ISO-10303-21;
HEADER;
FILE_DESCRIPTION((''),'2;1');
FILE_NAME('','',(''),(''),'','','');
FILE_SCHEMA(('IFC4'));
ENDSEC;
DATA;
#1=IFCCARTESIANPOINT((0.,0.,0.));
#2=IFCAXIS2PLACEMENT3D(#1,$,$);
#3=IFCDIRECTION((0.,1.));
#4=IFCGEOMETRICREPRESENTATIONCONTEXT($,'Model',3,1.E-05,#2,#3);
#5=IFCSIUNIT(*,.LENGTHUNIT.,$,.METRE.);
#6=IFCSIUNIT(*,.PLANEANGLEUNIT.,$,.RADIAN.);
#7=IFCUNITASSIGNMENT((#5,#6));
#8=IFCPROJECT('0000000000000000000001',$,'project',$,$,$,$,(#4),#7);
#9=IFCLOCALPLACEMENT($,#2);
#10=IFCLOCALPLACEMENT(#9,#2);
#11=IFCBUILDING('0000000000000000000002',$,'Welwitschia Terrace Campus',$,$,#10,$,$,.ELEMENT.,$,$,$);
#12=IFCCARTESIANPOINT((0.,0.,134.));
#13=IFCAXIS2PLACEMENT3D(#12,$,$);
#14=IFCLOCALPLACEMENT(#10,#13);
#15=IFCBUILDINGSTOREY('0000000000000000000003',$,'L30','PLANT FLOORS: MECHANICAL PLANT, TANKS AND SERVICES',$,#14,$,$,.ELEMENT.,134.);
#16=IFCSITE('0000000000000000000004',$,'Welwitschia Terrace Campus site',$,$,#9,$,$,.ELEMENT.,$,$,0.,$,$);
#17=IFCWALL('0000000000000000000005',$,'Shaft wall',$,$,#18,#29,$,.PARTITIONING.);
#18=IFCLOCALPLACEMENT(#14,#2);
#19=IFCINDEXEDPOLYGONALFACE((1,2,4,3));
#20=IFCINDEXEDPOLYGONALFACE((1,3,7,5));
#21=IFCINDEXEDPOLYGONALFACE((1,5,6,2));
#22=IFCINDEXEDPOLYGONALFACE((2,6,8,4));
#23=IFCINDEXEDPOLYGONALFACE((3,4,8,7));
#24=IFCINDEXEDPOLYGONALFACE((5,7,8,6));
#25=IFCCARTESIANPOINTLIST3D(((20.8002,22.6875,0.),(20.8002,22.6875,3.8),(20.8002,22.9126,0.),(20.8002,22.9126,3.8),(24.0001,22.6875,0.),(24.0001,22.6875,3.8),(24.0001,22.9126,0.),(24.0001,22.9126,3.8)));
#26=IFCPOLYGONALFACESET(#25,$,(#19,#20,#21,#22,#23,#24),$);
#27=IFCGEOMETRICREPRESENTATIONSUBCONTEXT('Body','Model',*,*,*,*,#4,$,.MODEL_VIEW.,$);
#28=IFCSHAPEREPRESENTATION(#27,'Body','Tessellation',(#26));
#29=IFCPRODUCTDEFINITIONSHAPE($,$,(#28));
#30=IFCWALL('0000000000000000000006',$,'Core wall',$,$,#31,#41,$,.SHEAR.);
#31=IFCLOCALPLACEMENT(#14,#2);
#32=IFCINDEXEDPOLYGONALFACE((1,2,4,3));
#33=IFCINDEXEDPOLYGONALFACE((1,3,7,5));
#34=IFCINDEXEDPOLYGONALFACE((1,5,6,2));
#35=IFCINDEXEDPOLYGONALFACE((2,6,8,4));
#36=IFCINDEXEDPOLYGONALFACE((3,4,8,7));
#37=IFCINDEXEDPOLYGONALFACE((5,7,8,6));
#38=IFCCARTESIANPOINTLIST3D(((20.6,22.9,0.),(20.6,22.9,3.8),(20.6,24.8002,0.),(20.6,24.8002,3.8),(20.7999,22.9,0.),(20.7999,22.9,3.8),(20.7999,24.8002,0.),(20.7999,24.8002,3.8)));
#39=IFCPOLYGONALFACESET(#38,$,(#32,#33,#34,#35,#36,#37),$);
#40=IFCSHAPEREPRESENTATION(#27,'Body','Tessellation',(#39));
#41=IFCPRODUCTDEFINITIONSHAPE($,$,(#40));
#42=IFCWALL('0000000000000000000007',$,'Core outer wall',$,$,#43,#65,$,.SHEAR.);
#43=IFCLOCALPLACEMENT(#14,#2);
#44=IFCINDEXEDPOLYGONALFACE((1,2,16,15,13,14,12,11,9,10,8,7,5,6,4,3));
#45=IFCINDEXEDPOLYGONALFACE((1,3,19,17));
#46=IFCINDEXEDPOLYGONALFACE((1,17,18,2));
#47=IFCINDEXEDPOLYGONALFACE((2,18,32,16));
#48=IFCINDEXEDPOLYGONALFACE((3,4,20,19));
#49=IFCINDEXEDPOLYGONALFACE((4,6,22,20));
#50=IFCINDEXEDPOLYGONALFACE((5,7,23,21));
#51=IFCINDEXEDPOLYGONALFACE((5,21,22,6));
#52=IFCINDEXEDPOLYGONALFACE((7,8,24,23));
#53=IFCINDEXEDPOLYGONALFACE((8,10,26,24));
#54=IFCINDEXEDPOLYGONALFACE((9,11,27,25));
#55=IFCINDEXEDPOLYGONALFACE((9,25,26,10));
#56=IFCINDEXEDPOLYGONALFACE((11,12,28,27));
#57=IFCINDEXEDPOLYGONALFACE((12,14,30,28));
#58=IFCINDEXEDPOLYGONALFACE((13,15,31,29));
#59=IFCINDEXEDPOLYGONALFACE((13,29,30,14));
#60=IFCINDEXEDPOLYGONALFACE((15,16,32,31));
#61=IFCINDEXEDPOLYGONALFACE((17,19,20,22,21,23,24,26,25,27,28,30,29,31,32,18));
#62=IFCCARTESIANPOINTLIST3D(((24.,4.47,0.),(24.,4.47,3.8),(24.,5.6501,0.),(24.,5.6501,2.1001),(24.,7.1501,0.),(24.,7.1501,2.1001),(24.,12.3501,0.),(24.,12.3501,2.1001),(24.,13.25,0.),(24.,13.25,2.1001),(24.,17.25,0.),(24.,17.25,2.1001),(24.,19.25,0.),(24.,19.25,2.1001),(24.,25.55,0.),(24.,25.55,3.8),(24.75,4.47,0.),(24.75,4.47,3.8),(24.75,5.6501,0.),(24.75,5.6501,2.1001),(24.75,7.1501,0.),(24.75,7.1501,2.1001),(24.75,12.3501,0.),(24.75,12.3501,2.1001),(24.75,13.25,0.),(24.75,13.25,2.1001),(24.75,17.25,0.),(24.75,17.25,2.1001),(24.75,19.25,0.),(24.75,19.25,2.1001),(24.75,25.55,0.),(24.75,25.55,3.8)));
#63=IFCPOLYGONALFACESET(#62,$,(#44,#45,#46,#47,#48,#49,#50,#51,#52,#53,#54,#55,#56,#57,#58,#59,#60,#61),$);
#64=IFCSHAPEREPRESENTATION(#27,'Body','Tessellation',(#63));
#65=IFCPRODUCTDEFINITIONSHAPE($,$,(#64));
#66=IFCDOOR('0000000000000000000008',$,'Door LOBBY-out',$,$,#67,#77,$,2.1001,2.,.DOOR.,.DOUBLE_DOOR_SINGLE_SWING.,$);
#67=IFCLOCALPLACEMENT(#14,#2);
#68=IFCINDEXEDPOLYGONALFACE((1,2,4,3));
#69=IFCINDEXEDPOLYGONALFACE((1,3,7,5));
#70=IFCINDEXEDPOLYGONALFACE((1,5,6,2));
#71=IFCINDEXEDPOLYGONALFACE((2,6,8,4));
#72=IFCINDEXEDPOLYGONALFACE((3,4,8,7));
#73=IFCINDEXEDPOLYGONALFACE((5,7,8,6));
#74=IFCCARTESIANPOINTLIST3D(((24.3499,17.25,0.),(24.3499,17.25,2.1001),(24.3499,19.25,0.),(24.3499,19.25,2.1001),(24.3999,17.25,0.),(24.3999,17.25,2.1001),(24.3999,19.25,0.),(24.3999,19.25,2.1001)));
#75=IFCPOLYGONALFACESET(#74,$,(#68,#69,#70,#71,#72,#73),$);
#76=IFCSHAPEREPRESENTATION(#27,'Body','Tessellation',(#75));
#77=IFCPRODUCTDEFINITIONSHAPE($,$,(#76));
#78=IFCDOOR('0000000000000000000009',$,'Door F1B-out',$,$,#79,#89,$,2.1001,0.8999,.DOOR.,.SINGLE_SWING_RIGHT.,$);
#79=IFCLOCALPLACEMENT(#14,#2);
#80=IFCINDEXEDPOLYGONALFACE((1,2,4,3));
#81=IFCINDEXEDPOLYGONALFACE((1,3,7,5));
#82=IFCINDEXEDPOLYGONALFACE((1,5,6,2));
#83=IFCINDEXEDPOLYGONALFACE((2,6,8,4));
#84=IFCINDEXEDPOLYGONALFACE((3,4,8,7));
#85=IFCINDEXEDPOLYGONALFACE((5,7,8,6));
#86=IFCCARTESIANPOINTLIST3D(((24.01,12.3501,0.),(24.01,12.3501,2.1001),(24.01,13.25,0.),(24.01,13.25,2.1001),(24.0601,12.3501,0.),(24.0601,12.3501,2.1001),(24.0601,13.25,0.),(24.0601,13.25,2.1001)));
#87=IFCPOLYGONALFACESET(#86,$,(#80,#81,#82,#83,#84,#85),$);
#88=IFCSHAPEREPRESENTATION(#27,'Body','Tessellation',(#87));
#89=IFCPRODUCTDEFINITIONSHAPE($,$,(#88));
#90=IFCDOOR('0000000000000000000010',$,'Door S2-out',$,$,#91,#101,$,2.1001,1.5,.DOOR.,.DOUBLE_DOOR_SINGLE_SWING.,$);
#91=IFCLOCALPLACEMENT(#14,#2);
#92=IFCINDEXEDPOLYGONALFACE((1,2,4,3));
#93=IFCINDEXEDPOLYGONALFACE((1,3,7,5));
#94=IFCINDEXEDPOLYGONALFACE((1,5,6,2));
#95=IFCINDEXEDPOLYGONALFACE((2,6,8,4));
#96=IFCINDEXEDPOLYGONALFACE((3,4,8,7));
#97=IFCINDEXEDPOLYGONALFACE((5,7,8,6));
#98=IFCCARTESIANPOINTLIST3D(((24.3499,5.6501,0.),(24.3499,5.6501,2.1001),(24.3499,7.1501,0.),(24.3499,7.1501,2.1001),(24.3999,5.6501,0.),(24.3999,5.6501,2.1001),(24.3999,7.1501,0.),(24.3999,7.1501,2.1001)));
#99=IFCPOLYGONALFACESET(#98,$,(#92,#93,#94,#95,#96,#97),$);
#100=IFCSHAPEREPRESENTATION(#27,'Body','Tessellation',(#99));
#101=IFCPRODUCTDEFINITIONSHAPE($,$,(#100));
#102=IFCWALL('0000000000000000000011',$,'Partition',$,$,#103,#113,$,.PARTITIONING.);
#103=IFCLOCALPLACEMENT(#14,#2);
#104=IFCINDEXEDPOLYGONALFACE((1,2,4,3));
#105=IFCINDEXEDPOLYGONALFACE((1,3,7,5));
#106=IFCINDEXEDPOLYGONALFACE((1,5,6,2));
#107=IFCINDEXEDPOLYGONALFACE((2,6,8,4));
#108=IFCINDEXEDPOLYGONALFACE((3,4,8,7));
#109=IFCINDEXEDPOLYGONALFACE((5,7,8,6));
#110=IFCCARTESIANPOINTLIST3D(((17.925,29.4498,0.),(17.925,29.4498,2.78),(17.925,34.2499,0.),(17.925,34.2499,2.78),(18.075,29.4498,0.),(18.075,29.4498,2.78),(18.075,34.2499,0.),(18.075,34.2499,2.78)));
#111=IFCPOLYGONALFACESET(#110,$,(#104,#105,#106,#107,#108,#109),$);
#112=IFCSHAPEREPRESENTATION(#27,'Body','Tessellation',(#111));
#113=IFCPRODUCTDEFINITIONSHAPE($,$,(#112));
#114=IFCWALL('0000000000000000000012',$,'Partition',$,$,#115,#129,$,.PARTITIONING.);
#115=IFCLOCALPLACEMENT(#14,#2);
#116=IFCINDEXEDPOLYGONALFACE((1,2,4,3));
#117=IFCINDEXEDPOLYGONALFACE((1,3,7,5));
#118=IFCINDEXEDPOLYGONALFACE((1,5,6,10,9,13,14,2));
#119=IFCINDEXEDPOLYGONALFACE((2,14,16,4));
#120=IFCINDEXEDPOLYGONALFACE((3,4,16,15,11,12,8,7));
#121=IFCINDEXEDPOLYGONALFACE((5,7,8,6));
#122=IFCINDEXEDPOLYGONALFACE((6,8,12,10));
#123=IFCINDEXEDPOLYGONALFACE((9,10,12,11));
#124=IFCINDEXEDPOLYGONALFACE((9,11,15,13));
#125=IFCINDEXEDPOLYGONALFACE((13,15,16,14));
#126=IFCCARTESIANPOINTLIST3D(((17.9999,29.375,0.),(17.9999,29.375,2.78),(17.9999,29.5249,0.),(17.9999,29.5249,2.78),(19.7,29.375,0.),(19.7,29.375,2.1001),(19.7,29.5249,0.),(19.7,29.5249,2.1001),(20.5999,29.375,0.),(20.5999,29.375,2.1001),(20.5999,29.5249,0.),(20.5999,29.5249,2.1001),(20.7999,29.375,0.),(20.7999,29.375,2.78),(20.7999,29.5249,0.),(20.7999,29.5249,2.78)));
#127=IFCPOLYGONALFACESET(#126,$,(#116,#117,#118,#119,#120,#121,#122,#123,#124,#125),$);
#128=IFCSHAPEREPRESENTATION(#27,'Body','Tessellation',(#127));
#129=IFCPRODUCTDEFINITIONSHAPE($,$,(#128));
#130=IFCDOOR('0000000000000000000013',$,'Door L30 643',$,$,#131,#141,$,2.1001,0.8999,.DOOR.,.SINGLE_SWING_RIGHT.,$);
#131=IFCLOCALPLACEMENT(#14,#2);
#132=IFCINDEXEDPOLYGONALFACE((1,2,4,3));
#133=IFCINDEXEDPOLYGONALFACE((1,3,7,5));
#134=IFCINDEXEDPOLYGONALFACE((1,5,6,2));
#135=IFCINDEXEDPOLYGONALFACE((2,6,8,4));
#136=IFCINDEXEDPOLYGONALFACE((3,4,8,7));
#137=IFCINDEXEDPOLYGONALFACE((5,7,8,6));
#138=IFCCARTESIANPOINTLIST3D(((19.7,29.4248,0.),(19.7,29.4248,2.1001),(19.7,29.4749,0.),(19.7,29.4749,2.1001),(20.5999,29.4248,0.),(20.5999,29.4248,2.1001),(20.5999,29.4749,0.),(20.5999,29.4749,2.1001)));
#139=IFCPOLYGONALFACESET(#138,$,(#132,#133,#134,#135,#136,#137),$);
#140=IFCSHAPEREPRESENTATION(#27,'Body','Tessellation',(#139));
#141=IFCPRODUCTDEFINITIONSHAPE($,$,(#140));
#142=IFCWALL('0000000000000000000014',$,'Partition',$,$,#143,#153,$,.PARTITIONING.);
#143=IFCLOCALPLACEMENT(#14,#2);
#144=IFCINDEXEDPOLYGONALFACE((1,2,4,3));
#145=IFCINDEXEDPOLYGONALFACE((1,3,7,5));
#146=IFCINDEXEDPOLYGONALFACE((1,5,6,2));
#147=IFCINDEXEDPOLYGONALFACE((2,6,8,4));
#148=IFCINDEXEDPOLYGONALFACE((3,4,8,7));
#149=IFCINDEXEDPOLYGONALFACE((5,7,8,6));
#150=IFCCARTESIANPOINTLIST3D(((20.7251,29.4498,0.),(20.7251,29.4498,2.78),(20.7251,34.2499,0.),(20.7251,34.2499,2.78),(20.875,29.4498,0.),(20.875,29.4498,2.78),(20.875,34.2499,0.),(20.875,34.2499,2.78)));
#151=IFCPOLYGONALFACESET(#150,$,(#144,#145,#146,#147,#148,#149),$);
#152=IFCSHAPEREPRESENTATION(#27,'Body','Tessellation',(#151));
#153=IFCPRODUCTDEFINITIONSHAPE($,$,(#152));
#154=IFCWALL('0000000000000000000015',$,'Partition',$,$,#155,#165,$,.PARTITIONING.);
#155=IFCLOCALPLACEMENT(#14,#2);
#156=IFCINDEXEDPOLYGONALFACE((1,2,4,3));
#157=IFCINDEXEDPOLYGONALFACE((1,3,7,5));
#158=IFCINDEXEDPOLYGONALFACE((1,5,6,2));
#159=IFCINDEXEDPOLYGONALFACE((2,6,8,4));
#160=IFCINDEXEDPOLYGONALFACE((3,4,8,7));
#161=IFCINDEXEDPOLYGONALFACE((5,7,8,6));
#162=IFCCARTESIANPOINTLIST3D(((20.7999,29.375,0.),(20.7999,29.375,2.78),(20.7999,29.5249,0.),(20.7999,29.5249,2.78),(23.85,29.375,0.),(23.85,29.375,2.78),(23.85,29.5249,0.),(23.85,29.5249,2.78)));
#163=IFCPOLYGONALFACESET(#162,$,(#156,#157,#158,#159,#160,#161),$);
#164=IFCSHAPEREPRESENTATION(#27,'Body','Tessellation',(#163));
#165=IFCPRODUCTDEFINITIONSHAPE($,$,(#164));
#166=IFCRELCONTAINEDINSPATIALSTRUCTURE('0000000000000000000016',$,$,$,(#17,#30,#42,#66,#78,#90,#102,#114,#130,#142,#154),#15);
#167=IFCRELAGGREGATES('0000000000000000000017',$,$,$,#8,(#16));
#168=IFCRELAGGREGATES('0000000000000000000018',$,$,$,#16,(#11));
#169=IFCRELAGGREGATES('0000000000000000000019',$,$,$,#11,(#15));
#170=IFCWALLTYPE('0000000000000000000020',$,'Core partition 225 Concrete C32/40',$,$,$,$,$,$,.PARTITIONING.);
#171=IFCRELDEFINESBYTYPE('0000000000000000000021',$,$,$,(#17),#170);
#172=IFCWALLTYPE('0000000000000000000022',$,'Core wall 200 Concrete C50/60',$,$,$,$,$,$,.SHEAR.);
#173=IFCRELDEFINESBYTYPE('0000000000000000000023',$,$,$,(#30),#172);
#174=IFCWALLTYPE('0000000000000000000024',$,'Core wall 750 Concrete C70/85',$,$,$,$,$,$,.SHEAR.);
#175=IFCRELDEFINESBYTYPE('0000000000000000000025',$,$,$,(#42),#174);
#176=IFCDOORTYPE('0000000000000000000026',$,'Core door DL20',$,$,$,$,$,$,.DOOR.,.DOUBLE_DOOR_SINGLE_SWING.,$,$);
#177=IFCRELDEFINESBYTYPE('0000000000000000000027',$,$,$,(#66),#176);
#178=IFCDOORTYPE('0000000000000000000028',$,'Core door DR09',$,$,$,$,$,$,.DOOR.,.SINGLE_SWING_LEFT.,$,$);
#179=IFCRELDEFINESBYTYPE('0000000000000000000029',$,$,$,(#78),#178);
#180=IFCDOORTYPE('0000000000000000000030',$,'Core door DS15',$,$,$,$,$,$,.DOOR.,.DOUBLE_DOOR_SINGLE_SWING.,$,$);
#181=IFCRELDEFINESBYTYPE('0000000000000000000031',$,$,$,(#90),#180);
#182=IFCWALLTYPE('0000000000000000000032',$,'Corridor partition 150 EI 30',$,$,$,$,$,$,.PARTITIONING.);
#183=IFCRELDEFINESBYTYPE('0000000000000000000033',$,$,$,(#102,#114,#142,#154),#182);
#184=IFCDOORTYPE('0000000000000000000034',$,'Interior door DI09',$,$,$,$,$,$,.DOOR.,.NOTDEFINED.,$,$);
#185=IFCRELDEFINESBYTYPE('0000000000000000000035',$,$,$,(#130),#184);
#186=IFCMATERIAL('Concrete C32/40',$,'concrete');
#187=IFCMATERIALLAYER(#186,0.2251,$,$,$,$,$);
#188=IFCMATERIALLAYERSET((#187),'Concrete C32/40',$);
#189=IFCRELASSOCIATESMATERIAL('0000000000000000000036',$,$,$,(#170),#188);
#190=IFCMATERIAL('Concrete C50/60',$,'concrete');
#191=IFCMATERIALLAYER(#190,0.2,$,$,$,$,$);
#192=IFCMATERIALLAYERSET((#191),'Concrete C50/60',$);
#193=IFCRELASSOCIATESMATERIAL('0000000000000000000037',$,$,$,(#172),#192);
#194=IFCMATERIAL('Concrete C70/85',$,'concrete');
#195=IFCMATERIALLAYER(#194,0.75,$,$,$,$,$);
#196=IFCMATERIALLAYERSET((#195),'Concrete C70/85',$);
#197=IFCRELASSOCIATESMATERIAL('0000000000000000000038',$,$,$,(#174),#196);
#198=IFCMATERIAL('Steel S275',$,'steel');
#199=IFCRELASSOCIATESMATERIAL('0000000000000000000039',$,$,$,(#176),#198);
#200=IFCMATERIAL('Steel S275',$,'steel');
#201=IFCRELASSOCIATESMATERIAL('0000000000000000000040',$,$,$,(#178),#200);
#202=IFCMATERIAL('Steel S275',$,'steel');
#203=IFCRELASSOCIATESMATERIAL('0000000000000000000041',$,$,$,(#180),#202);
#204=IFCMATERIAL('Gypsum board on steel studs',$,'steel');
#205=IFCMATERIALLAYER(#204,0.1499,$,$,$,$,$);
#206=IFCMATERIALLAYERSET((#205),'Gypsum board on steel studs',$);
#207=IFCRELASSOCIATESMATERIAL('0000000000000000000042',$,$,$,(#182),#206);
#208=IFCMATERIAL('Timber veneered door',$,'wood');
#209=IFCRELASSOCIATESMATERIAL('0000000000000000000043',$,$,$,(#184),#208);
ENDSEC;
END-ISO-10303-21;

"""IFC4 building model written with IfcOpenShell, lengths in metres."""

from ifc_helpers import new_model, si_unit, direction, frame, frame_2d, origin, place, context, subcontext, project, spatial, rectangle, extrude, material, layer, layer_set, type_object, element, fill, save


model = new_model("IFC4")

# Units and contexts
model_context = context("Model", 3, precision=1e-05, world=origin(), true_north=direction((0.0, 1.0)))
body_context = subcontext(model_context, "Body", "Model", "MODEL_VIEW")
ifc_project = project(units=[si_unit("LENGTHUNIT", "METRE"), si_unit("PLANEANGLEUNIT", "RADIAN")], contexts=[model_context])

# Site, building, storey
site_placement = place(None, origin())
site = spatial("IfcSite", under=ifc_project, at=site_placement, Name="Welwitschia Terrace Campus site", CompositionType="ELEMENT", RefElevation=0.0)
building_placement = place(site_placement, origin())
building = spatial("IfcBuilding", under=site, at=building_placement, Name="Welwitschia Terrace Campus", CompositionType="ELEMENT")
storey_placement = place(building_placement, frame((0.0, 0.0, 134.0)))
storey = spatial("IfcBuildingStorey", under=building, at=storey_placement, Name="L30", Description="PLANT FLOORS: MECHANICAL PLANT, TANKS AND SERVICES", CompositionType="ELEMENT", Elevation=134.0)

# Walls
ifc_material_1 = material(Name="Concrete C32/40", Category="concrete")
ifc_layer_1 = layer(ifc_material_1, 0.2251)
ifc_layer_set_1 = layer_set([ifc_layer_1], Name="Concrete C32/40")
wall_type_1 = type_object("IfcWallType", Name="Core partition 225 Concrete C32/40", PredefinedType="PARTITIONING", material=ifc_layer_set_1)
wall_1_placement = place(storey_placement, frame((20.8, 22.8, 0.0), z_axis=(0.0, 0.0, 1.0), x_axis=(1.0, 0.0, 0.0)))
element("IfcWall", 1, at=wall_1_placement, inside=storey, type_object=wall_type_1, Name="Shaft wall", PredefinedType="PARTITIONING", context=body_context, shape_type="SweptSolid", body=[
    extrude(rectangle(XDim=3.2, YDim=0.2251, at=frame_2d((1.6001, 0.0))), origin(), (0.0, 0.0, 1.0), 3.8),
])
ifc_material_2 = material(Name="Concrete C50/60", Category="concrete")
ifc_layer_2 = layer(ifc_material_2, 0.2)
ifc_layer_set_2 = layer_set([ifc_layer_2], Name="Concrete C50/60")
wall_type_2 = type_object("IfcWallType", Name="Core wall 200 Concrete C50/60", PredefinedType="SHEAR", material=ifc_layer_set_2)
wall_2_placement = place(storey_placement, frame((20.7, 22.8999, 0.0), z_axis=(0.0, 0.0, 1.0), x_axis=(0.0, 1.0, 0.0)))
element("IfcWall", 2, at=wall_2_placement, inside=storey, type_object=wall_type_2, Name="Core wall", PredefinedType="SHEAR", context=body_context, shape_type="SweptSolid", body=[
    extrude(rectangle(XDim=1.9001, YDim=0.2, at=frame_2d((0.9502, 0.0))), origin(), (0.0, 0.0, 1.0), 3.8),
])

# Wall, openings, doors
ifc_material_3 = material(Name="Concrete C70/85", Category="concrete")
ifc_layer_3 = layer(ifc_material_3, 0.75)
ifc_layer_set_3 = layer_set([ifc_layer_3], Name="Concrete C70/85")
wall_type_3 = type_object("IfcWallType", Name="Core wall 750 Concrete C70/85", PredefinedType="SHEAR", material=ifc_layer_set_3)
wall_3_placement = place(storey_placement, frame((24.375, 25.55, 0.0), z_axis=(0.0, 0.0, 1.0), x_axis=(0.0, -1.0, 0.0)))
wall_3 = element("IfcWall", 3, at=wall_3_placement, inside=storey, type_object=wall_type_3, Name="Core outer wall", PredefinedType="SHEAR", context=body_context, shape_type="SweptSolid", body=[
    extrude(rectangle(XDim=21.0801, YDim=0.75, at=frame_2d((10.54, 0.0))), origin(), (0.0, 0.0, 1.0), 3.8),
])
opening_1_placement = place(wall_3_placement, frame((18.3999, 0.0, 0.0)))
opening_1 = element("IfcOpeningElement", 4, at=opening_1_placement, cuts=wall_3, PredefinedType="OPENING", context=body_context, shape_type="SweptSolid", body=[
    extrude(rectangle(XDim=1.5, YDim=2.1001, at=frame_2d((0.75, 1.05))), frame((0.0, 0.385, 0.0), z_axis=(0.0, -1.0, 0.0), x_axis=(1.0, 0.0, 0.0)), (0.0, 0.0, 1.0), 0.77),
])
opening_2_placement = place(wall_3_placement, frame((12.3, 0.0, 0.0)))
opening_2 = element("IfcOpeningElement", 5, at=opening_2_placement, cuts=wall_3, PredefinedType="OPENING", context=body_context, shape_type="SweptSolid", body=[
    extrude(rectangle(XDim=0.8999, YDim=2.1001, at=frame_2d((0.45, 1.05))), frame((0.0, 0.385, 0.0), z_axis=(0.0, -1.0, 0.0), x_axis=(1.0, 0.0, 0.0)), (0.0, 0.0, 1.0), 0.77),
])
opening_3_placement = place(wall_3_placement, frame((6.3, 0.0, 0.0)))
opening_3 = element("IfcOpeningElement", 6, at=opening_3_placement, cuts=wall_3, PredefinedType="OPENING", context=body_context, shape_type="SweptSolid", body=[
    extrude(rectangle(XDim=2.0, YDim=2.1001, at=frame_2d((1.0, 1.05))), frame((0.0, 0.385, 0.0), z_axis=(0.0, -1.0, 0.0), x_axis=(1.0, 0.0, 0.0)), (0.0, 0.0, 1.0), 0.77),
])
ifc_material_4 = material(Name="Steel S275", Category="steel")
door_type_1 = type_object("IfcDoorType", Name="Core door DL20", OperationType="DOUBLE_DOOR_SINGLE_SWING", PredefinedType="DOOR", material=ifc_material_4)
door_1_placement = place(opening_3_placement, origin())
door_1 = element("IfcDoor", 7, at=door_1_placement, inside=storey, type_object=door_type_1, Name="Door LOBBY-out", OperationType="DOUBLE_DOOR_SINGLE_SWING", OverallHeight=2.1001, OverallWidth=2.0, PredefinedType="DOOR", context=body_context, shape_type="SweptSolid", body=[
    extrude(rectangle(XDim=2.0, YDim=2.1001, at=frame_2d((1.0, 1.05))), frame((0.0, 0.0249, 0.0), z_axis=(0.0, -1.0, 0.0), x_axis=(1.0, 0.0, 0.0)), (0.0, 0.0, 1.0), 0.05),
])
fill(opening_3, door_1)
ifc_material_5 = material(Name="Steel S275", Category="steel")
door_type_2 = type_object("IfcDoorType", Name="Core door DR09", OperationType="SINGLE_SWING_LEFT", PredefinedType="DOOR", material=ifc_material_5)
door_2_placement = place(opening_2_placement, origin())
door_2 = element("IfcDoor", 8, at=door_2_placement, inside=storey, type_object=door_type_2, Name="Door F1B-out", OperationType="SINGLE_SWING_RIGHT", OverallHeight=2.1001, OverallWidth=0.8999, PredefinedType="DOOR", context=body_context, shape_type="SweptSolid", body=[
    extrude(rectangle(XDim=0.8999, YDim=2.1001, at=frame_2d((0.45, 1.05))), frame((0.0, -0.3149, 0.0), z_axis=(0.0, -1.0, 0.0), x_axis=(1.0, 0.0, 0.0)), (0.0, 0.0, 1.0), 0.05),
])
fill(opening_2, door_2)
ifc_material_6 = material(Name="Steel S275", Category="steel")
door_type_3 = type_object("IfcDoorType", Name="Core door DS15", OperationType="DOUBLE_DOOR_SINGLE_SWING", PredefinedType="DOOR", material=ifc_material_6)
door_3_placement = place(opening_1_placement, origin())
door_3 = element("IfcDoor", 9, at=door_3_placement, inside=storey, type_object=door_type_3, Name="Door S2-out", OperationType="DOUBLE_DOOR_SINGLE_SWING", OverallHeight=2.1001, OverallWidth=1.5, PredefinedType="DOOR", context=body_context, shape_type="SweptSolid", body=[
    extrude(rectangle(XDim=1.5, YDim=2.1001, at=frame_2d((0.75, 1.05))), frame((0.0, 0.0249, 0.0), z_axis=(0.0, -1.0, 0.0), x_axis=(1.0, 0.0, 0.0)), (0.0, 0.0, 1.0), 0.05),
])
fill(opening_1, door_3)

# Wall
ifc_material_7 = material(Name="Gypsum board on steel studs", Category="steel")
ifc_layer_4 = layer(ifc_material_7, 0.1499)
ifc_layer_set_4 = layer_set([ifc_layer_4], Name="Gypsum board on steel studs")
wall_type_4 = type_object("IfcWallType", Name="Corridor partition 150 EI 30", PredefinedType="PARTITIONING", material=ifc_layer_set_4)
wall_4_placement = place(storey_placement, frame((18.0, 29.45, 0.0), z_axis=(0.0, 0.0, 1.0), x_axis=(0.0, 1.0, 0.0)))
element("IfcWall", 10, at=wall_4_placement, inside=storey, type_object=wall_type_4, Name="Partition", PredefinedType="PARTITIONING", context=body_context, shape_type="SweptSolid", body=[
    extrude(rectangle(XDim=4.8, YDim=0.1499, at=frame_2d((2.3999, 0.0))), origin(), (0.0, 0.0, 1.0), 2.78),
])

# Wall, opening, door
wall_5_placement = place(storey_placement, frame((18.0, 29.45, 0.0), z_axis=(0.0, 0.0, 1.0), x_axis=(1.0, 0.0, 0.0)))
wall_5 = element("IfcWall", 11, at=wall_5_placement, inside=storey, type_object=wall_type_4, Name="Partition", PredefinedType="PARTITIONING", context=body_context, shape_type="SweptSolid", body=[
    extrude(rectangle(XDim=2.8, YDim=0.1499, at=frame_2d((1.3999, 0.0))), origin(), (0.0, 0.0, 1.0), 2.78),
])
opening_4_placement = place(wall_5_placement, frame((1.7, 0.0, 0.0)))
opening_4 = element("IfcOpeningElement", 12, at=opening_4_placement, cuts=wall_5, PredefinedType="OPENING", context=body_context, shape_type="SweptSolid", body=[
    extrude(rectangle(XDim=0.8999, YDim=2.1001, at=frame_2d((0.45, 1.05))), frame((0.0, 0.085, 0.0), z_axis=(0.0, -1.0, 0.0), x_axis=(1.0, 0.0, 0.0)), (0.0, 0.0, 1.0), 0.1699),
])
ifc_material_8 = material(Name="Timber veneered door", Category="wood")
door_type_4 = type_object("IfcDoorType", Name="Interior door DI09", OperationType="NOTDEFINED", PredefinedType="DOOR", material=ifc_material_8)
door_4_placement = place(opening_4_placement, origin())
door_4 = element("IfcDoor", 13, at=door_4_placement, inside=storey, type_object=door_type_4, Name="Door L30 643", OperationType="SINGLE_SWING_RIGHT", OverallHeight=2.1001, OverallWidth=0.8999, PredefinedType="DOOR", context=body_context, shape_type="SweptSolid", body=[
    extrude(rectangle(XDim=0.8999, YDim=2.1001, at=frame_2d((0.45, 1.05))), frame((0.0, 0.0249, 0.0), z_axis=(0.0, -1.0, 0.0), x_axis=(1.0, 0.0, 0.0)), (0.0, 0.0, 1.0), 0.05),
])
fill(opening_4, door_4)

# Walls
wall_6_placement = place(storey_placement, frame((20.8, 29.45, 0.0), z_axis=(0.0, 0.0, 1.0), x_axis=(0.0, 1.0, 0.0)))
element("IfcWall", 14, at=wall_6_placement, inside=storey, type_object=wall_type_4, Name="Partition", PredefinedType="PARTITIONING", context=body_context, shape_type="SweptSolid", body=[
    extrude(rectangle(XDim=4.8, YDim=0.1499, at=frame_2d((2.3999, 0.0))), origin(), (0.0, 0.0, 1.0), 2.78),
])
wall_7_placement = place(storey_placement, frame((20.8, 29.45, 0.0), z_axis=(0.0, 0.0, 1.0), x_axis=(1.0, 0.0, 0.0)))
element("IfcWall", 15, at=wall_7_placement, inside=storey, type_object=wall_type_4, Name="Partition", PredefinedType="PARTITIONING", context=body_context, shape_type="SweptSolid", body=[
    extrude(rectangle(XDim=3.05, YDim=0.1499, at=frame_2d((1.5249, 0.0))), origin(), (0.0, 0.0, 1.0), 2.78),
])

save(model, "model.ifc")
